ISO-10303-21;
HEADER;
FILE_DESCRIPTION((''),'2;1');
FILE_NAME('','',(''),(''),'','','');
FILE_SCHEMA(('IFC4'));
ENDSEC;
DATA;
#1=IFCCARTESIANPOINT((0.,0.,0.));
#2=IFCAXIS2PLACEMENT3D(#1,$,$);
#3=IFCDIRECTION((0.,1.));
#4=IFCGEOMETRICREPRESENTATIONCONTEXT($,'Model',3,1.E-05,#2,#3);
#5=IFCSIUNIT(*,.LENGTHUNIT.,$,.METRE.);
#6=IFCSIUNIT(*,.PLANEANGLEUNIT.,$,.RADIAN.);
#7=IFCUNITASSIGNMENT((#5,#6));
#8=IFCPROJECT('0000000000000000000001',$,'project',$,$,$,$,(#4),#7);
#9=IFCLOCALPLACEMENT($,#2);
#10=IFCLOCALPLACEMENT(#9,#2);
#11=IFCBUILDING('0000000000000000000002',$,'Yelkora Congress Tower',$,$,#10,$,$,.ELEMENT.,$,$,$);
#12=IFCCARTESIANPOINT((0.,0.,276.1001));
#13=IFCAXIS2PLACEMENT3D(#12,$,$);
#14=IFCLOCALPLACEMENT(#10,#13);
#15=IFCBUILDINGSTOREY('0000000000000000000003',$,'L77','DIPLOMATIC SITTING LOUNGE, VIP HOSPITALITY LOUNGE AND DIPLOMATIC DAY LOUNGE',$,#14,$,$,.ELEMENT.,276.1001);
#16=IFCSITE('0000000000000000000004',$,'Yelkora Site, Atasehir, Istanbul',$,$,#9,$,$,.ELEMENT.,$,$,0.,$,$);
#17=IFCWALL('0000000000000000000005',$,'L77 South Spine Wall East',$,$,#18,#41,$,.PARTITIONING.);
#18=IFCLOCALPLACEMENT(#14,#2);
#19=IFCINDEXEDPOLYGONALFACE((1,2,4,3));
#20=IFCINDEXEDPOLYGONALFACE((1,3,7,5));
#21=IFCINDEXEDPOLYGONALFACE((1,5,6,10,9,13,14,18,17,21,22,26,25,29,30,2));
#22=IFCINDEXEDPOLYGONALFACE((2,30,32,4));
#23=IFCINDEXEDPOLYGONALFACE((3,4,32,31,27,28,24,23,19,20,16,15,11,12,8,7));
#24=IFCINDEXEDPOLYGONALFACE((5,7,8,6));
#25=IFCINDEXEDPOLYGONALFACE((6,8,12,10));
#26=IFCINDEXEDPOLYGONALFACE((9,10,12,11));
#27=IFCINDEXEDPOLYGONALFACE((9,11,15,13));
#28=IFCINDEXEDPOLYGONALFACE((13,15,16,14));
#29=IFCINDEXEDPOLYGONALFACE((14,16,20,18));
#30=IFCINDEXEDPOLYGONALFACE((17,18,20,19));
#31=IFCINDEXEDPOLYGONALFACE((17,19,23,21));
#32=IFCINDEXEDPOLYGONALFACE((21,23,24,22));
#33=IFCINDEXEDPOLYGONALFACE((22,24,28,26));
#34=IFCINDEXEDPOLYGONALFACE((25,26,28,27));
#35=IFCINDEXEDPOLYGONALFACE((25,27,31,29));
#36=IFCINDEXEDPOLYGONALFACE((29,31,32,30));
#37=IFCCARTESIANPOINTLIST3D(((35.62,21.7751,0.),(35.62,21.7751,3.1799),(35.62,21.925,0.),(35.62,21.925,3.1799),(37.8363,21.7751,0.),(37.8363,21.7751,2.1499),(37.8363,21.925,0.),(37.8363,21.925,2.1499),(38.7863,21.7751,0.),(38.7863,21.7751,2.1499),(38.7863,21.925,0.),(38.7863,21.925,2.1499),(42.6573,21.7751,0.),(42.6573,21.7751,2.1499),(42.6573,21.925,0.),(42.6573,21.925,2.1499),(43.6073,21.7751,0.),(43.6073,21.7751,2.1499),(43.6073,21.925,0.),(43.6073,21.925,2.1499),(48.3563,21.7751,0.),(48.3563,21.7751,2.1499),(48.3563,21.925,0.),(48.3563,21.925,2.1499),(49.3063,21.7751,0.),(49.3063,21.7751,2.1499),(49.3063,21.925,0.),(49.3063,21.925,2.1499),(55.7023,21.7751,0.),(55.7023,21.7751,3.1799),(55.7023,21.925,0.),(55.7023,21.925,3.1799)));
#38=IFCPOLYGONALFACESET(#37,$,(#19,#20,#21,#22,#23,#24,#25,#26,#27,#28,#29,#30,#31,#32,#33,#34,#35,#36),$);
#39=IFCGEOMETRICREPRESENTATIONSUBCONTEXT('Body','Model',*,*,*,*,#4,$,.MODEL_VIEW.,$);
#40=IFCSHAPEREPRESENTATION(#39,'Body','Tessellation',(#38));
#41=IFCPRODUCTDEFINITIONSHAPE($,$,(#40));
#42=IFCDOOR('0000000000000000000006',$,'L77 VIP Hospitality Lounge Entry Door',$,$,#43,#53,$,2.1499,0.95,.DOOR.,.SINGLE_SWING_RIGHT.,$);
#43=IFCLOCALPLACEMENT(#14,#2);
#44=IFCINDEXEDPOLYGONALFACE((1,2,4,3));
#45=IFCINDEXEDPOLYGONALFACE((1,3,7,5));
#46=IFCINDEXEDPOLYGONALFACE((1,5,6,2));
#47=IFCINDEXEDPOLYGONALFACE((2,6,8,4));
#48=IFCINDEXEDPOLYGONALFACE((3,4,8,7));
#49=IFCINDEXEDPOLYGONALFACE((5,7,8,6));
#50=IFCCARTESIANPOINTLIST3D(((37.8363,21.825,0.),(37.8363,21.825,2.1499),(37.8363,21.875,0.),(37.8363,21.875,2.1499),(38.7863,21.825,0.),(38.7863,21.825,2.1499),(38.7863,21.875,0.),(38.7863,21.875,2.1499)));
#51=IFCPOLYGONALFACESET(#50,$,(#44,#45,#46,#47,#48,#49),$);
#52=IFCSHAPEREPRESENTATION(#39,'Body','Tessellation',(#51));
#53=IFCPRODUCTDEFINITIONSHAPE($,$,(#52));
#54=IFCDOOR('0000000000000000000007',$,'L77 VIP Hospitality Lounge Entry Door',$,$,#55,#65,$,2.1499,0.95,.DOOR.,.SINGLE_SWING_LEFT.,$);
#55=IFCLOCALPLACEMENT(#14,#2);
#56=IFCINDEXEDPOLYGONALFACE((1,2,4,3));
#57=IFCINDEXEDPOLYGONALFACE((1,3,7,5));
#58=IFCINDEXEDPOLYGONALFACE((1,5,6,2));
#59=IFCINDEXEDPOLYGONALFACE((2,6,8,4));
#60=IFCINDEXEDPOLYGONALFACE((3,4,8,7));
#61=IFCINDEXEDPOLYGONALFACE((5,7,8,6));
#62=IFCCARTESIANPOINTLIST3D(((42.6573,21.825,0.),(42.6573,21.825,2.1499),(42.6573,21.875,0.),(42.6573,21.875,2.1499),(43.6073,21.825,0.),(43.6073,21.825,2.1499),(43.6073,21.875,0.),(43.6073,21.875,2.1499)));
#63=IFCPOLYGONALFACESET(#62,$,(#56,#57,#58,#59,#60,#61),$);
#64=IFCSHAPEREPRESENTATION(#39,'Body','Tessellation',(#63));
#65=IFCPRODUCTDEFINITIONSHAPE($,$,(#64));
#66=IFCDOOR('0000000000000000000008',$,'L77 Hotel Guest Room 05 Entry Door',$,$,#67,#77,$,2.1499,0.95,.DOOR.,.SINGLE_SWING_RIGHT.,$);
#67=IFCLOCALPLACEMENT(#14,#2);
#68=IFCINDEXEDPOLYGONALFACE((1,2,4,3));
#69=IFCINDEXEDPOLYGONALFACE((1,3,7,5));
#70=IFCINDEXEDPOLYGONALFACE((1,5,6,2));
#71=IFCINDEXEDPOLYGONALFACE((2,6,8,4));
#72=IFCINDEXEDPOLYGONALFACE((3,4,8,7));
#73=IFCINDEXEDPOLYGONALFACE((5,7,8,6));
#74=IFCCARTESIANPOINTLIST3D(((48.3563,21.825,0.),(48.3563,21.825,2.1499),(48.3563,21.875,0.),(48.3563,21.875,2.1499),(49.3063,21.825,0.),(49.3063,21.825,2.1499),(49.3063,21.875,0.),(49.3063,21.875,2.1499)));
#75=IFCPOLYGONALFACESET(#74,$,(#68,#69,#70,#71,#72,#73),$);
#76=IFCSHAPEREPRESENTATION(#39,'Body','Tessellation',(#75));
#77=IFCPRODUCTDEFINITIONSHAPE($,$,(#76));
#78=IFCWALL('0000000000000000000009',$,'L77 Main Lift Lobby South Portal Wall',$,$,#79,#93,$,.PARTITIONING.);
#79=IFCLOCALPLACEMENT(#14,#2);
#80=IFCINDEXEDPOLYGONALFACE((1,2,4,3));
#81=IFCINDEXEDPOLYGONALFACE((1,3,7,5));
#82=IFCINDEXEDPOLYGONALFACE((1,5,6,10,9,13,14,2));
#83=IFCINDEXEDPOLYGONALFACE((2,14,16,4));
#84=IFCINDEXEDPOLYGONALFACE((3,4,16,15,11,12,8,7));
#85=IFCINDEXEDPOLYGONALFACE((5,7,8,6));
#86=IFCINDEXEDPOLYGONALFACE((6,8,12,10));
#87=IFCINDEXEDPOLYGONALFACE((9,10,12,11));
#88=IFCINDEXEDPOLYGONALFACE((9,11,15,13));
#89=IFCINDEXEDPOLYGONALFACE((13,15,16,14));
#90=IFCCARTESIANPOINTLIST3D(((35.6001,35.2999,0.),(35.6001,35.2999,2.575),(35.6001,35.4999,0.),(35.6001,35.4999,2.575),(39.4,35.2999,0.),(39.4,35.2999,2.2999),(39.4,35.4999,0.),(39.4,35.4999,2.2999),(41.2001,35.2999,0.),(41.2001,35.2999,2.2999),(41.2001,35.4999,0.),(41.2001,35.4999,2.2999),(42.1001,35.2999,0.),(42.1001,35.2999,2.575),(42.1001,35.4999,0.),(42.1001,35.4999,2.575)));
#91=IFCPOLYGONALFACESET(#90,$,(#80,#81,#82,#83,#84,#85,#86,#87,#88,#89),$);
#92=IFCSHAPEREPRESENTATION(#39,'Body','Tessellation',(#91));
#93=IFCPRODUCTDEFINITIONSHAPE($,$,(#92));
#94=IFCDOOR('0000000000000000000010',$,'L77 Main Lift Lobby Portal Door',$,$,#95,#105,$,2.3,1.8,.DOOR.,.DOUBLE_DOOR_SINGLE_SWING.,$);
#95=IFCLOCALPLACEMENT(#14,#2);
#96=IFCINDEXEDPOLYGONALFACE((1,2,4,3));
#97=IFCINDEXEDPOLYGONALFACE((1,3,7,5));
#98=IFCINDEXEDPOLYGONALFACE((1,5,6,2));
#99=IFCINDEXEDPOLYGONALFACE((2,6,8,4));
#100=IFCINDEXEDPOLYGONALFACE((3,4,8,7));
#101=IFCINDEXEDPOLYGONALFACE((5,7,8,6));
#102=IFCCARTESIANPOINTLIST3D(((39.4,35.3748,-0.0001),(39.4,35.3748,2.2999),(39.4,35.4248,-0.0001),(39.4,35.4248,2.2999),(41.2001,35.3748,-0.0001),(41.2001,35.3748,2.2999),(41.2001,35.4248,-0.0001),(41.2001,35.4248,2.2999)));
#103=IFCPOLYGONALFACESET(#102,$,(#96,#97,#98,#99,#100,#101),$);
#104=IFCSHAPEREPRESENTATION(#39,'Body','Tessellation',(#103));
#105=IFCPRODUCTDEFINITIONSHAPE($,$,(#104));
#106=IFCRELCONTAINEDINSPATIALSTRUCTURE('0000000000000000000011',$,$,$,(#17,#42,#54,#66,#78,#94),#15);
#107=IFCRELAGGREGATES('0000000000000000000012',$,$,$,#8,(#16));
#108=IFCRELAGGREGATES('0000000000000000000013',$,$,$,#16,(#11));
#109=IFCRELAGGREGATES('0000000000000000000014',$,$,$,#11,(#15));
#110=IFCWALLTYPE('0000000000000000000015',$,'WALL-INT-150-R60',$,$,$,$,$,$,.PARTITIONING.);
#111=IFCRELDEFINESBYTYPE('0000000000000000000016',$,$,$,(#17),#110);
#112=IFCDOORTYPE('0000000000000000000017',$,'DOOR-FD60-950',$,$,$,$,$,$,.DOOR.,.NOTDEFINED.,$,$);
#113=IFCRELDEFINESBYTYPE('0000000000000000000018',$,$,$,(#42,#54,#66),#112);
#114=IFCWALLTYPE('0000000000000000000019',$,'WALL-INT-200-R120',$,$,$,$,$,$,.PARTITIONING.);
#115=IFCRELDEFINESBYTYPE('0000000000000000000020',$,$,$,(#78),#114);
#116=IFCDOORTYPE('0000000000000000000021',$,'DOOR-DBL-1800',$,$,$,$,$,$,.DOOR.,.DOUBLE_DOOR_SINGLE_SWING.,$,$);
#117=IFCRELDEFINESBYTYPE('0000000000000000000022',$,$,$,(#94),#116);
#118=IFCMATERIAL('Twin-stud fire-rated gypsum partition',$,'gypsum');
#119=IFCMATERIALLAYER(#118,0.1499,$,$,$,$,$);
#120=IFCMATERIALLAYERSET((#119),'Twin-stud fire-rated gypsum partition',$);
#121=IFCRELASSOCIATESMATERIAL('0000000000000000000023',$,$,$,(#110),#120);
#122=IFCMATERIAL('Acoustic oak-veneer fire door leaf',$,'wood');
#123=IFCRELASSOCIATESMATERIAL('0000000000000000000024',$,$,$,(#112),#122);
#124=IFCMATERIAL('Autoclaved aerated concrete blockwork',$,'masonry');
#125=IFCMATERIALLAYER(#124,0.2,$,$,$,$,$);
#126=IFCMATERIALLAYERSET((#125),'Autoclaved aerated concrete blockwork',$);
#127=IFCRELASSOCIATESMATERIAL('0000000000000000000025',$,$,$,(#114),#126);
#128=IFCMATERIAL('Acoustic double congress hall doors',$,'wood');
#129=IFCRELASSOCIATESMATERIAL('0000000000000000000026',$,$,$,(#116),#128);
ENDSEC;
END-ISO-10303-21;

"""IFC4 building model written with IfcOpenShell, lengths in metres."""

from ifc_helpers import new_model, si_unit, direction, frame, frame_2d, origin, place, context, subcontext, project, spatial, rectangle, extrude, material, layer, layer_set, type_object, element, fill, save


model = new_model("IFC4")

# Units and contexts
model_context = context("Model", 3, precision=1e-05, world=origin(), true_north=direction((0.0, 1.0)))
body_context = subcontext(model_context, "Body", "Model", "MODEL_VIEW")
ifc_project = project(units=[si_unit("LENGTHUNIT", "METRE"), si_unit("PLANEANGLEUNIT", "RADIAN")], contexts=[model_context])

# Site, building, storey
site_placement = place(None, origin())
site = spatial("IfcSite", under=ifc_project, at=site_placement, Name="Yelkora Site, Atasehir, Istanbul", CompositionType="ELEMENT", RefElevation=0.0)
building_placement = place(site_placement, origin())
building = spatial("IfcBuilding", under=site, at=building_placement, Name="Yelkora Congress Tower", CompositionType="ELEMENT")
storey_placement = place(building_placement, frame((0.0, 0.0, 276.1001)))
storey = spatial("IfcBuildingStorey", under=building, at=storey_placement, Name="L77", Description="DIPLOMATIC SITTING LOUNGE, VIP HOSPITALITY LOUNGE AND DIPLOMATIC DAY LOUNGE", CompositionType="ELEMENT", Elevation=276.1001)

# Wall, openings, doors
ifc_material_1 = material(Name="Twin-stud fire-rated gypsum partition", Category="gypsum")
ifc_layer_1 = layer(ifc_material_1, 0.1499)
ifc_layer_set_1 = layer_set([ifc_layer_1], Name="Twin-stud fire-rated gypsum partition")
wall_type_1 = type_object("IfcWallType", Name="WALL-INT-150-R60", PredefinedType="PARTITIONING", material=ifc_layer_set_1)
wall_1_placement = place(storey_placement, frame((35.6201, 21.8501, 0.0), z_axis=(0.0, 0.0, 1.0), x_axis=(1.0, 0.0, 0.0)))
wall_1 = element("IfcWall", 1, at=wall_1_placement, inside=storey, type_object=wall_type_1, Name="L77 South Spine Wall East", PredefinedType="PARTITIONING", context=body_context, shape_type="SweptSolid", body=[
    extrude(rectangle(XDim=20.0823, YDim=0.1499, at=frame_2d((10.041, 0.0))), origin(), (0.0, 0.0, 1.0), 3.1799),
])
opening_1_placement = place(wall_1_placement, frame((2.2161, 0.0, 0.0)))
opening_1 = element("IfcOpeningElement", 2, at=opening_1_placement, cuts=wall_1, PredefinedType="OPENING", context=body_context, shape_type="SweptSolid", body=[
    extrude(rectangle(XDim=0.95, YDim=2.1499, at=frame_2d((0.4751, 1.075))), frame((0.0, 0.085, 0.0), z_axis=(0.0, -1.0, 0.0), x_axis=(1.0, 0.0, 0.0)), (0.0, 0.0, 1.0), 0.1699),
])
opening_2_placement = place(wall_1_placement, frame((7.0371, 0.0, 0.0)))
opening_2 = element("IfcOpeningElement", 3, at=opening_2_placement, cuts=wall_1, PredefinedType="OPENING", context=body_context, shape_type="SweptSolid", body=[
    extrude(rectangle(XDim=0.95, YDim=2.1499, at=frame_2d((0.4751, 1.075))), frame((0.0, 0.085, 0.0), z_axis=(0.0, -1.0, 0.0), x_axis=(1.0, 0.0, 0.0)), (0.0, 0.0, 1.0), 0.1699),
])
opening_3_placement = place(wall_1_placement, frame((12.7361, 0.0, 0.0)))
opening_3 = element("IfcOpeningElement", 4, at=opening_3_placement, cuts=wall_1, PredefinedType="OPENING", context=body_context, shape_type="SweptSolid", body=[
    extrude(rectangle(XDim=0.95, YDim=2.1499, at=frame_2d((0.4751, 1.075))), frame((0.0, 0.085, 0.0), z_axis=(0.0, -1.0, 0.0), x_axis=(1.0, 0.0, 0.0)), (0.0, 0.0, 1.0), 0.1699),
])
ifc_material_2 = material(Name="Acoustic oak-veneer fire door leaf", Category="wood")
door_type_1 = type_object("IfcDoorType", Name="DOOR-FD60-950", OperationType="NOTDEFINED", PredefinedType="DOOR", material=ifc_material_2)
door_1_placement = place(opening_1_placement, origin())
door_1 = element("IfcDoor", 5, at=door_1_placement, inside=storey, type_object=door_type_1, Name="L77 VIP Hospitality Lounge Entry Door", OperationType="SINGLE_SWING_RIGHT", OverallHeight=2.1499, OverallWidth=0.95, PredefinedType="DOOR", context=body_context, shape_type="SweptSolid", body=[
    extrude(rectangle(XDim=0.95, YDim=2.1499, at=frame_2d((0.4751, 1.075))), frame((0.0, 0.0249, 0.0), z_axis=(0.0, -1.0, 0.0), x_axis=(1.0, 0.0, 0.0)), (0.0, 0.0, 1.0), 0.05),
])
fill(opening_1, door_1)
door_2_placement = place(opening_2_placement, origin())
door_2 = element("IfcDoor", 6, at=door_2_placement, inside=storey, type_object=door_type_1, Name="L77 VIP Hospitality Lounge Entry Door", OperationType="SINGLE_SWING_LEFT", OverallHeight=2.1499, OverallWidth=0.95, PredefinedType="DOOR", context=body_context, shape_type="SweptSolid", body=[
    extrude(rectangle(XDim=0.95, YDim=2.1499, at=frame_2d((0.4751, 1.075))), frame((0.0, 0.0249, 0.0), z_axis=(0.0, -1.0, 0.0), x_axis=(1.0, 0.0, 0.0)), (0.0, 0.0, 1.0), 0.05),
])
fill(opening_2, door_2)
door_3_placement = place(opening_3_placement, origin())
door_3 = element("IfcDoor", 7, at=door_3_placement, inside=storey, type_object=door_type_1, Name="L77 Hotel Guest Room 05 Entry Door", OperationType="SINGLE_SWING_RIGHT", OverallHeight=2.1499, OverallWidth=0.95, PredefinedType="DOOR", context=body_context, shape_type="SweptSolid", body=[
    extrude(rectangle(XDim=0.95, YDim=2.1499, at=frame_2d((0.4751, 1.075))), frame((0.0, 0.0249, 0.0), z_axis=(0.0, -1.0, 0.0), x_axis=(1.0, 0.0, 0.0)), (0.0, 0.0, 1.0), 0.05),
])
fill(opening_3, door_3)

# Wall, opening, door
ifc_material_3 = material(Name="Autoclaved aerated concrete blockwork", Category="masonry")
ifc_layer_2 = layer(ifc_material_3, 0.2)
ifc_layer_set_2 = layer_set([ifc_layer_2], Name="Autoclaved aerated concrete blockwork")
wall_type_2 = type_object("IfcWallType", Name="WALL-INT-200-R120", PredefinedType="PARTITIONING", material=ifc_layer_set_2)
wall_2_placement = place(storey_placement, frame((35.6001, 35.3999, 0.0), z_axis=(0.0, 0.0, 1.0), x_axis=(1.0, 0.0, 0.0)))
wall_2 = element("IfcWall", 8, at=wall_2_placement, inside=storey, type_object=wall_type_2, Name="L77 Main Lift Lobby South Portal Wall", PredefinedType="PARTITIONING", context=body_context, shape_type="SweptSolid", body=[
    extrude(rectangle(XDim=6.5, YDim=0.2, at=frame_2d((3.25, 0.0))), origin(), (0.0, 0.0, 1.0), 2.575),
])
opening_4_placement = place(wall_2_placement, frame((3.8, 0.0, 0.0)))
opening_4 = element("IfcOpeningElement", 9, at=opening_4_placement, cuts=wall_2, PredefinedType="OPENING", context=body_context, shape_type="SweptSolid", body=[
    extrude(rectangle(XDim=1.8, YDim=2.3, at=frame_2d((0.8999, 1.1499))), frame((0.0, 0.1099, 0.0), z_axis=(0.0, -1.0, 0.0), x_axis=(1.0, 0.0, 0.0)), (0.0, 0.0, 1.0), 0.22),
])
ifc_material_4 = material(Name="Acoustic double congress hall doors", Category="wood")
door_type_2 = type_object("IfcDoorType", Name="DOOR-DBL-1800", OperationType="DOUBLE_DOOR_SINGLE_SWING", PredefinedType="DOOR", material=ifc_material_4)
door_4_placement = place(opening_4_placement, origin())
door_4 = element("IfcDoor", 10, at=door_4_placement, inside=storey, type_object=door_type_2, Name="L77 Main Lift Lobby Portal Door", OperationType="DOUBLE_DOOR_SINGLE_SWING", OverallHeight=2.3, OverallWidth=1.8, PredefinedType="DOOR", context=body_context, shape_type="SweptSolid", body=[
    extrude(rectangle(XDim=1.8, YDim=2.3, at=frame_2d((0.8999, 1.1499))), frame((0.0, 0.0249, 0.0), z_axis=(0.0, -1.0, 0.0), x_axis=(1.0, 0.0, 0.0)), (0.0, 0.0, 1.0), 0.05),
])
fill(opening_4, door_4)

save(model, "model.ifc")
